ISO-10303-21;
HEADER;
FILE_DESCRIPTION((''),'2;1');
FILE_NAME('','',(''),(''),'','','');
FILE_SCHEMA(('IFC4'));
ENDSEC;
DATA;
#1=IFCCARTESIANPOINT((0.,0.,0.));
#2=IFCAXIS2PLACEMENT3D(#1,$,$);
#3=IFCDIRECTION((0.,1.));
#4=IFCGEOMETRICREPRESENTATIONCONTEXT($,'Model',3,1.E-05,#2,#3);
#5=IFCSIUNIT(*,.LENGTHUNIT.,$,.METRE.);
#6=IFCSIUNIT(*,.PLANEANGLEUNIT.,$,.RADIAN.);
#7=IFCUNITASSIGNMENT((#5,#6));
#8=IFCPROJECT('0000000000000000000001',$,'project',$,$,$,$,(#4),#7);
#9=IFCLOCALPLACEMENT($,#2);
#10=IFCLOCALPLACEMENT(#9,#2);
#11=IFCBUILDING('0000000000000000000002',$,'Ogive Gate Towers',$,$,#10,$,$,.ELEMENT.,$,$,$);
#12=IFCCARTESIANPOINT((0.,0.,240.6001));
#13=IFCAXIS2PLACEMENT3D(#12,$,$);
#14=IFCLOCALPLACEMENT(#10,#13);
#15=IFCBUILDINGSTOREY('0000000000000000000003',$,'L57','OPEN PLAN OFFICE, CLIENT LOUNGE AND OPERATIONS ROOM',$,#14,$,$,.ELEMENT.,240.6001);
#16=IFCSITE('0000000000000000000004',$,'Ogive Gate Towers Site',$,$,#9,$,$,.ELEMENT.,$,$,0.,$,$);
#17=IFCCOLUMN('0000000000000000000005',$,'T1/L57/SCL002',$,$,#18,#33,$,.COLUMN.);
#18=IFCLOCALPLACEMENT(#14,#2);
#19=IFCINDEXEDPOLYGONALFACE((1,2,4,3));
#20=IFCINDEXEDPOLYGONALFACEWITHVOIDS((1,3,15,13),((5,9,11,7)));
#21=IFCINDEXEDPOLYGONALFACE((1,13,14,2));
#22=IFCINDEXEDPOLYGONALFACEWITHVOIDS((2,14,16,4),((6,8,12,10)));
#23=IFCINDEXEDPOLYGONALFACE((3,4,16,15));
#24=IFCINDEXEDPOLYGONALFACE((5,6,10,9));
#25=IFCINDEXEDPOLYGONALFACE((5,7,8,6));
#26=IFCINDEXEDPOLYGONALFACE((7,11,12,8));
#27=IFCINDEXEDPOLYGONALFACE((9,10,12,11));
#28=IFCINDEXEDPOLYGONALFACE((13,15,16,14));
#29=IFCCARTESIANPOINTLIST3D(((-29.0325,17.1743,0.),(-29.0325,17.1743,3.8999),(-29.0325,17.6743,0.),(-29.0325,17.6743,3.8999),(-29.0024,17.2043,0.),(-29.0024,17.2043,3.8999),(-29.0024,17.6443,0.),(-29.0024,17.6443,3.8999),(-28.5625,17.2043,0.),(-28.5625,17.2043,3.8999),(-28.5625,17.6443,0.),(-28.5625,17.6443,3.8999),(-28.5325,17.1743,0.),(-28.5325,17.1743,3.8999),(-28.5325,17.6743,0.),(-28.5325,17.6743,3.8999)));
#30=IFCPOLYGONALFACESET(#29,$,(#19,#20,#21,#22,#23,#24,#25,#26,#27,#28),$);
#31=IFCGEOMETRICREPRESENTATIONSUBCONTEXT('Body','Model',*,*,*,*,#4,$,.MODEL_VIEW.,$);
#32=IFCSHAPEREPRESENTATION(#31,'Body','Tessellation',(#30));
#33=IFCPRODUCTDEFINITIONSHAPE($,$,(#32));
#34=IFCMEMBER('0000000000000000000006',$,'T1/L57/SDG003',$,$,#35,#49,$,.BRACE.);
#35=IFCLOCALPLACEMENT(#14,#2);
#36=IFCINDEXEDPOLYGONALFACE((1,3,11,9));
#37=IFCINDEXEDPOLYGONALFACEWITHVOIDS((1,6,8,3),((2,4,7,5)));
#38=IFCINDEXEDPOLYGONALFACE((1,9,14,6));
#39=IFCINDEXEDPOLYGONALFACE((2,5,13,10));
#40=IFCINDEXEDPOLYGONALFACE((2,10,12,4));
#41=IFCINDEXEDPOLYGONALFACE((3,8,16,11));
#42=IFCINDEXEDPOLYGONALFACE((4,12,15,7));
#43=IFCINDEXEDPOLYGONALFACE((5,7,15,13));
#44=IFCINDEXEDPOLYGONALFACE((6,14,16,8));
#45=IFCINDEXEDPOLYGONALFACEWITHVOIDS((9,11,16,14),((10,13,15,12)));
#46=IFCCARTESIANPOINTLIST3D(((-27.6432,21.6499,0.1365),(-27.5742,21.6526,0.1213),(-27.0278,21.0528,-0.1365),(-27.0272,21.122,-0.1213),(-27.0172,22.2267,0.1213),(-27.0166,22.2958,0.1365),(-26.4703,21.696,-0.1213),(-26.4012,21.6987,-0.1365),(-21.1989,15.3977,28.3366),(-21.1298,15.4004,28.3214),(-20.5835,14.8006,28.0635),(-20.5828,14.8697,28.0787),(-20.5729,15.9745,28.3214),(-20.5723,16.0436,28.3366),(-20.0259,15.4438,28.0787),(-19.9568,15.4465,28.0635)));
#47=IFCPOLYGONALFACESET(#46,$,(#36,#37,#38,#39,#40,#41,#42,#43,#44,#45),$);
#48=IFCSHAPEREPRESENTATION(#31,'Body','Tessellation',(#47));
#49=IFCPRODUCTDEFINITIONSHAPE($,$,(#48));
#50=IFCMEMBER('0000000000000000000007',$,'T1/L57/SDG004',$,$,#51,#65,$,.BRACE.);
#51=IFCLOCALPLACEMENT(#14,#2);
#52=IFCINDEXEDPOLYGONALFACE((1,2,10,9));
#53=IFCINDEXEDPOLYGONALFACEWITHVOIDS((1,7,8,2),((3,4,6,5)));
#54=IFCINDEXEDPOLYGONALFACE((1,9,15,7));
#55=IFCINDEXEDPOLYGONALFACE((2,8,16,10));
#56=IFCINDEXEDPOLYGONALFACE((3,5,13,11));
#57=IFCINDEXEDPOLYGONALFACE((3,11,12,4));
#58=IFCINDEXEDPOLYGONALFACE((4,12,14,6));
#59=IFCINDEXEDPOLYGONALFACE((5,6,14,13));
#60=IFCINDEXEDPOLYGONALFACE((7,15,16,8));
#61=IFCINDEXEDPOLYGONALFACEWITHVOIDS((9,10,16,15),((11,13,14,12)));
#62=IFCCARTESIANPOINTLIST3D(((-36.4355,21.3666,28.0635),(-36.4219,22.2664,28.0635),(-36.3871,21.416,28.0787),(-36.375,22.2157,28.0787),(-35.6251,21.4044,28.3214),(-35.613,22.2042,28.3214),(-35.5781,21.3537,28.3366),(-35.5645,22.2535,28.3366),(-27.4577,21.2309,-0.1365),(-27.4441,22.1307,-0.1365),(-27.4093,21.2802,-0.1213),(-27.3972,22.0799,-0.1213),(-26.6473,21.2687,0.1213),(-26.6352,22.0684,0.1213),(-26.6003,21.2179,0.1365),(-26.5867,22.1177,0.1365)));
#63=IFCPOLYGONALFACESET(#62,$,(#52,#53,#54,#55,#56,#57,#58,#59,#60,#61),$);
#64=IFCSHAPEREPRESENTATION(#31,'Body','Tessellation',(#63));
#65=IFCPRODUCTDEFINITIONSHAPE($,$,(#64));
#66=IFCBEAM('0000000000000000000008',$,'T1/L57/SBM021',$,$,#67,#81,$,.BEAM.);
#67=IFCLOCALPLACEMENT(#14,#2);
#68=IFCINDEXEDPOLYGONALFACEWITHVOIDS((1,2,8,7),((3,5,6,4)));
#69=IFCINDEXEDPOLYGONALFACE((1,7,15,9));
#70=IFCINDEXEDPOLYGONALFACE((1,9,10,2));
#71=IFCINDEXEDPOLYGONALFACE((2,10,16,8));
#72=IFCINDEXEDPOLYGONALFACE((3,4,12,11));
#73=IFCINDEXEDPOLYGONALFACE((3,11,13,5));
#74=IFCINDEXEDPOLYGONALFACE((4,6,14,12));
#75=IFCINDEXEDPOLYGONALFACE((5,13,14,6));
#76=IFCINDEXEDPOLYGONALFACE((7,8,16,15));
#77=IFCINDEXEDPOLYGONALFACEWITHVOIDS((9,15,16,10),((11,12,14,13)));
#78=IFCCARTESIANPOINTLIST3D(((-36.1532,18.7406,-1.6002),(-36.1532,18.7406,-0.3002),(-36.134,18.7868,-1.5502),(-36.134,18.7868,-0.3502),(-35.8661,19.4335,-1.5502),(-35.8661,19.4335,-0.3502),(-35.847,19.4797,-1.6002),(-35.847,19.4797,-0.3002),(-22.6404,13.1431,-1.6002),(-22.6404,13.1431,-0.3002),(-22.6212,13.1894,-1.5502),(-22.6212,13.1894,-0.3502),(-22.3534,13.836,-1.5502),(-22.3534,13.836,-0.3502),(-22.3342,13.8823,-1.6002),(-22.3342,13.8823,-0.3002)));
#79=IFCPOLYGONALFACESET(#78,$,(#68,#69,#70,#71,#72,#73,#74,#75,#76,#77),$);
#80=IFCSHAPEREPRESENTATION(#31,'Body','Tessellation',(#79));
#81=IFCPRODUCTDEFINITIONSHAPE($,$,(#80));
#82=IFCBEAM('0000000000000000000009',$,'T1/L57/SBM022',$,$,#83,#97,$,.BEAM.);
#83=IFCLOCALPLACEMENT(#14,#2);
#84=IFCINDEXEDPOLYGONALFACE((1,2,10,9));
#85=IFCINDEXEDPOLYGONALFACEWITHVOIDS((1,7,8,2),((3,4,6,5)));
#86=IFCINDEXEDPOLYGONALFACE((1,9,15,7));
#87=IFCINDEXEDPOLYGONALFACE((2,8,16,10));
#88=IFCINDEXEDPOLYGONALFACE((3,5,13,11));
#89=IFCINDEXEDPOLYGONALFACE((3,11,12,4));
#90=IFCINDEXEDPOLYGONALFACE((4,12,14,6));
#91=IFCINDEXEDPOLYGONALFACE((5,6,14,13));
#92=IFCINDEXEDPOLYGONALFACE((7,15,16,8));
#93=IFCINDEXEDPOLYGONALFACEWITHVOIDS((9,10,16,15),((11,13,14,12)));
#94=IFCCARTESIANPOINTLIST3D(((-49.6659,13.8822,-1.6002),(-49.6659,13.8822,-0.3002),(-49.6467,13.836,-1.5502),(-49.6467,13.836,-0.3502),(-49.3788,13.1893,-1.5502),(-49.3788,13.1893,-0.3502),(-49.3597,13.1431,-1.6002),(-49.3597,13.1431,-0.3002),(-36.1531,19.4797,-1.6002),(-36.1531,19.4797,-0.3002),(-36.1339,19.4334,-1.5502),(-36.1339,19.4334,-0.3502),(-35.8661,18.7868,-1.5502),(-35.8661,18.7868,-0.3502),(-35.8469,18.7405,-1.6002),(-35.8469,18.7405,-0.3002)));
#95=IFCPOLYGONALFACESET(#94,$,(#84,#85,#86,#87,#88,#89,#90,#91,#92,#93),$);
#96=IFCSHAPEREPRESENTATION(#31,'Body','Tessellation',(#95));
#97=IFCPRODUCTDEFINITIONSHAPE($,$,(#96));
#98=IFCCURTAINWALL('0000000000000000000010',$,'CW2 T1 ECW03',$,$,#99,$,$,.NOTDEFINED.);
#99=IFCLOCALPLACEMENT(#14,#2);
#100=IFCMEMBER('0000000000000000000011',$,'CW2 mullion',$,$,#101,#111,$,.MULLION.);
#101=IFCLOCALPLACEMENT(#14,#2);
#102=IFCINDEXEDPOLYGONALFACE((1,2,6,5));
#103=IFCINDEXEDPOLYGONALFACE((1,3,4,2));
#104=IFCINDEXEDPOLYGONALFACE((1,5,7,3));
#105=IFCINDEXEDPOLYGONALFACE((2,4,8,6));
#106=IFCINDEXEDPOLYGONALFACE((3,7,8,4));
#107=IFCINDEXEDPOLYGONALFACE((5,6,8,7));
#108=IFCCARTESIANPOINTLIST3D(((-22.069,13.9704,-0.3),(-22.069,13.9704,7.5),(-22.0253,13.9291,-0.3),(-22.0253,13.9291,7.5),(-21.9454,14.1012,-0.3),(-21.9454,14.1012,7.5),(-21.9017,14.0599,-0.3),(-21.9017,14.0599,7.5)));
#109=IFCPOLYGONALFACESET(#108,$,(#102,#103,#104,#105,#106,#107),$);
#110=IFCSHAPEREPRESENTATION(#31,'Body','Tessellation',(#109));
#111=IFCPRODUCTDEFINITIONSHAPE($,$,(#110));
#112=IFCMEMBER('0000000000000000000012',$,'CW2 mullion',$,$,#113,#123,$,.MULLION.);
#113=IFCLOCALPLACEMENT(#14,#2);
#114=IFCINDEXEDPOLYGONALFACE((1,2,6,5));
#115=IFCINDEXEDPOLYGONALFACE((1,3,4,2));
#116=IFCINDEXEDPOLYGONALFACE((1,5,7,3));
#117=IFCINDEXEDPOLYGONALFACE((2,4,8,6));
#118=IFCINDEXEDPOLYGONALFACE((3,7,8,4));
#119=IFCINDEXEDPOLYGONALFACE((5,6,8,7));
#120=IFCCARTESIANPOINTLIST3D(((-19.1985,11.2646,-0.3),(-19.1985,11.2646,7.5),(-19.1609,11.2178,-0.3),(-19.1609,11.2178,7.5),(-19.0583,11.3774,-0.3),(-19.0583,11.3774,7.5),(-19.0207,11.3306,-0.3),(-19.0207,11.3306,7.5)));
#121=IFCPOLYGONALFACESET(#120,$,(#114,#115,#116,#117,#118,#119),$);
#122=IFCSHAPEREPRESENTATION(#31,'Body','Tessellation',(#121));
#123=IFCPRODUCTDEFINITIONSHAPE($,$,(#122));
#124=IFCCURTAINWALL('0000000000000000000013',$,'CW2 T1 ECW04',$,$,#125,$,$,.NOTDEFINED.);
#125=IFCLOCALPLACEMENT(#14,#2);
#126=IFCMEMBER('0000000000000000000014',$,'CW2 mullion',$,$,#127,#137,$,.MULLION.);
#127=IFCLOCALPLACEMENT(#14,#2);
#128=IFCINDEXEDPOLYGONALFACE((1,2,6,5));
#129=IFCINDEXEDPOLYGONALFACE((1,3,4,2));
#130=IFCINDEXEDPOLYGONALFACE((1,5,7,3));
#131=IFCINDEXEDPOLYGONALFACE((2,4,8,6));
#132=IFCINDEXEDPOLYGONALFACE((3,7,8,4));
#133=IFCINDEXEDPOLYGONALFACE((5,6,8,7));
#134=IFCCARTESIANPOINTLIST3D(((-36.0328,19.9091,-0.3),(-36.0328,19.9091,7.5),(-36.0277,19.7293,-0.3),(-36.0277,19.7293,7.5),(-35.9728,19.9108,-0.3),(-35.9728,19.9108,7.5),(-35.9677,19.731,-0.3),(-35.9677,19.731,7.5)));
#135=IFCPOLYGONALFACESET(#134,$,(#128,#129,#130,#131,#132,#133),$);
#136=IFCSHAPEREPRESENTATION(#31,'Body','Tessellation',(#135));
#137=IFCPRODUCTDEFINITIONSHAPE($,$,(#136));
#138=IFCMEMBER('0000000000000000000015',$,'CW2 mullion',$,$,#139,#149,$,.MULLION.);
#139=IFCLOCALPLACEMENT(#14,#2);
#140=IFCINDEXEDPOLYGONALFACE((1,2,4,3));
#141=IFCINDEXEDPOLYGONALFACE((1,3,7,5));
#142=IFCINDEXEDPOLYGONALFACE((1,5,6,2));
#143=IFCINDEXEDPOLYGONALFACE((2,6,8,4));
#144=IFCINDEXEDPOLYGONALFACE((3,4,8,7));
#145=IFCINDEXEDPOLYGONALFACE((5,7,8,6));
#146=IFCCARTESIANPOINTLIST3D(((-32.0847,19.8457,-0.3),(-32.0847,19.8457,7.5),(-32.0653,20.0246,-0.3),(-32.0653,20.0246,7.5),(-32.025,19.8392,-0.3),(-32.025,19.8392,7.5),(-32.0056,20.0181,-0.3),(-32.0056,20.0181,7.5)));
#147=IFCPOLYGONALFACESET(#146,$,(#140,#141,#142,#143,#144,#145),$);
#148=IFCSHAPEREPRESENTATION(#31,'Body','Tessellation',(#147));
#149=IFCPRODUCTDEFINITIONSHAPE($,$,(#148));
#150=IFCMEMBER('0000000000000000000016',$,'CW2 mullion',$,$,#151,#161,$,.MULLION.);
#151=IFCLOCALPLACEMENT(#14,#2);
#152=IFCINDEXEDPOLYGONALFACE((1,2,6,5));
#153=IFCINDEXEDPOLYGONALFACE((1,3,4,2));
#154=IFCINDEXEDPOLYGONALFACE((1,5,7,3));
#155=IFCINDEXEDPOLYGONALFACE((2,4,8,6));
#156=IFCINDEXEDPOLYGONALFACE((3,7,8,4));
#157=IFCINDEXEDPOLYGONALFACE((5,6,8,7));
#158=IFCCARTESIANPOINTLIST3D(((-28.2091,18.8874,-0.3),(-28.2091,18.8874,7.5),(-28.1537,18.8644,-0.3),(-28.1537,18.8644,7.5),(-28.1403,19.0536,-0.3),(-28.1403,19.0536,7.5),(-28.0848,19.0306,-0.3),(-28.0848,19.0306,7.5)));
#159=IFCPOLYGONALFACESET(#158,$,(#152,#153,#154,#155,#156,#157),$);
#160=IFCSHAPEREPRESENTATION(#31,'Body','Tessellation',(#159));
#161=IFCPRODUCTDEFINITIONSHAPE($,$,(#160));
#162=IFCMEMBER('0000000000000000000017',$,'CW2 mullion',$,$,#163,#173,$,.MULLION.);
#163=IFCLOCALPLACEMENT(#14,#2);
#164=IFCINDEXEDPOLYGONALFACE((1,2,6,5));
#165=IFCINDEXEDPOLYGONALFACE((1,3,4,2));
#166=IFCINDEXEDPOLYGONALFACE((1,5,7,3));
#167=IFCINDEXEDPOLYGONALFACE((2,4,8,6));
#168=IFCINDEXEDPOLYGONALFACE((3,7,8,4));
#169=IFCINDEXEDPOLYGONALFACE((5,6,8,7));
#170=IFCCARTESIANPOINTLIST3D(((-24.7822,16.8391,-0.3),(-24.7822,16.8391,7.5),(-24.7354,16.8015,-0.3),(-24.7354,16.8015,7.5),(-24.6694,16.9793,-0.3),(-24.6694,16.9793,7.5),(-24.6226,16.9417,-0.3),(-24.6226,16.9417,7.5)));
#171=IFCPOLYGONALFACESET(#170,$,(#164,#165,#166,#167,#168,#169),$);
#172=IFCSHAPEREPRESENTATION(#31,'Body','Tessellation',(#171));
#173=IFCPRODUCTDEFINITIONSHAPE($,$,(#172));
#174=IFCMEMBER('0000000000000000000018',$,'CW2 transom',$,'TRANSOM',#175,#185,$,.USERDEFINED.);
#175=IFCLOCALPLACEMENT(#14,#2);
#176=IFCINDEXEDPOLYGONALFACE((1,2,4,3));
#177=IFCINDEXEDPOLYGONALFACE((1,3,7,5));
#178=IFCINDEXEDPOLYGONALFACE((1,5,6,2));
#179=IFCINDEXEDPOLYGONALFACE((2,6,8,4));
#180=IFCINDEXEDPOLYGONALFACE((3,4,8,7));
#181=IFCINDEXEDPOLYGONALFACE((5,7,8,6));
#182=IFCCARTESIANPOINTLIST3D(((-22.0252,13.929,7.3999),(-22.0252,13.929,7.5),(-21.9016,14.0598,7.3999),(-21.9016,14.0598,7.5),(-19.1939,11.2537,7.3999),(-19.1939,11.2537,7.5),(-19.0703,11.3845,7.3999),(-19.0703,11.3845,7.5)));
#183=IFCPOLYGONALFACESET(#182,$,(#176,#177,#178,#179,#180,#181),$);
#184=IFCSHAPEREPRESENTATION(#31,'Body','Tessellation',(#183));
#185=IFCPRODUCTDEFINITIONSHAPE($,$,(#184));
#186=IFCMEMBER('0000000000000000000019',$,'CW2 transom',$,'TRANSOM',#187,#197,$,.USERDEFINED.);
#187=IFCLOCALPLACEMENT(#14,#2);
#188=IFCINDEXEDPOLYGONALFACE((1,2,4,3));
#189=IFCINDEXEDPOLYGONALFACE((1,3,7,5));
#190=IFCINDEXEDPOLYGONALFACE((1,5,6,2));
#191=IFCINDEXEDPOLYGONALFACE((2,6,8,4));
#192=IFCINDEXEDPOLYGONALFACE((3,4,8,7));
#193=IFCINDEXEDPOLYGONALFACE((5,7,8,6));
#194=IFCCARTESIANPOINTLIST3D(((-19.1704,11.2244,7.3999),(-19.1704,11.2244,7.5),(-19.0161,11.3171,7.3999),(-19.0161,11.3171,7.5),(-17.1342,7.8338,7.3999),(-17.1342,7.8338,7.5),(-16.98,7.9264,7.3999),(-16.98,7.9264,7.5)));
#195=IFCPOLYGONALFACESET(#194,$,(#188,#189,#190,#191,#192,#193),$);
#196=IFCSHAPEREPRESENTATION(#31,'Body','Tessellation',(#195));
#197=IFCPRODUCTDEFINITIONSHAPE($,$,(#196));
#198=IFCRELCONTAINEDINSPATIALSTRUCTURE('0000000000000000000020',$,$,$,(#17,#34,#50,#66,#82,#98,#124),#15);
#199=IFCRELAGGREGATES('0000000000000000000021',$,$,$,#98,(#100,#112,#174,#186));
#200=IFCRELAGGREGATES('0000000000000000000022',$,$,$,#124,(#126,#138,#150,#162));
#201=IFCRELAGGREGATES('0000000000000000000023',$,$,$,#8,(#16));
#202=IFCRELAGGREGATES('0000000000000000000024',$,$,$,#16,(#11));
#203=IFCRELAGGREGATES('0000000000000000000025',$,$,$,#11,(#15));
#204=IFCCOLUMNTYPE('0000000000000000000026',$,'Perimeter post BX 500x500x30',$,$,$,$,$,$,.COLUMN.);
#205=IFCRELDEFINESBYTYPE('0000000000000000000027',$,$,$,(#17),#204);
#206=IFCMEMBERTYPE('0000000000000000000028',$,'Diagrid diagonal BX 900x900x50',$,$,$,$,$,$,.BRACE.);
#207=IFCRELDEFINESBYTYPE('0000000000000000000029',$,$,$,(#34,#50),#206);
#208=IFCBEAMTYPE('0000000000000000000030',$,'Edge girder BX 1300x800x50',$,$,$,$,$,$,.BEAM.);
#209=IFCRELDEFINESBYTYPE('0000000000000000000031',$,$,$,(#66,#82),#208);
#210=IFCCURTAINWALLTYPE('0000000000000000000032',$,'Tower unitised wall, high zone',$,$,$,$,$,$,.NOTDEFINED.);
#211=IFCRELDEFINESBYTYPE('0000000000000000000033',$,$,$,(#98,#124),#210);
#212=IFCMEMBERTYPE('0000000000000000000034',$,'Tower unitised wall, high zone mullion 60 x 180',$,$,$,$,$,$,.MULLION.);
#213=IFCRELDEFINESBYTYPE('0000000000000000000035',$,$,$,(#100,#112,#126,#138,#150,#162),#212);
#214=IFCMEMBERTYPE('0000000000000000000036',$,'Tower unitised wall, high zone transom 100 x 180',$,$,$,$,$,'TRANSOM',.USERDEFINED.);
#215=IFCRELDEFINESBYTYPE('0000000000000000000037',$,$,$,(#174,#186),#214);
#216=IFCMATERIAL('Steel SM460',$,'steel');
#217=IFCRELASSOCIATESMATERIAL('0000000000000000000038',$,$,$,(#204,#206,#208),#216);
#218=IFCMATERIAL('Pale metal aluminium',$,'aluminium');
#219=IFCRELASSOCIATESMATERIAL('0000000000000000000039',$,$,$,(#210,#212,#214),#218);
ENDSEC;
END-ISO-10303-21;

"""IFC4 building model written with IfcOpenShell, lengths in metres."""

from ifc_helpers import new_model, si_unit, direction, frame, origin, origin_2d, place, context, subcontext, project, spatial, rectangle, hollow_rectangle, extrude, material, material_profile, profile_set, type_object, element, aggregate, save


model = new_model("IFC4")

# Units and contexts
model_context = context("Model", 3, precision=1e-05, world=origin(), true_north=direction((0.0, 1.0)))
body_context = subcontext(model_context, "Body", "Model", "MODEL_VIEW")
ifc_project = project(units=[si_unit("LENGTHUNIT", "METRE"), si_unit("PLANEANGLEUNIT", "RADIAN")], contexts=[model_context])

# Site, building, storey
site_placement = place(None, origin())
site = spatial("IfcSite", under=ifc_project, at=site_placement, Name="Ogive Gate Towers Site", CompositionType="ELEMENT", RefElevation=0.0)
building_placement = place(site_placement, origin())
building = spatial("IfcBuilding", under=site, at=building_placement, Name="Ogive Gate Towers", CompositionType="ELEMENT")
storey_placement = place(building_placement, frame((0.0, 0.0, 240.6001)))
storey = spatial("IfcBuildingStorey", under=building, at=storey_placement, Name="L57", Description="OPEN PLAN OFFICE, CLIENT LOUNGE AND OPERATIONS ROOM", CompositionType="ELEMENT", Elevation=240.6001)

# Column
ifc_material_1 = material(Name="Steel SM460", Category="steel")
ifc_material_profile_1 = material_profile(ifc_material_1, hollow_rectangle(XDim=0.5, YDim=0.5, WallThickness=0.03, at=origin_2d()), Name="BX 500x500x30")
ifc_profile_set_1 = profile_set([ifc_material_profile_1], Name="Steel SM460")
column_type = type_object("IfcColumnType", Name="Perimeter post BX 500x500x30", PredefinedType="COLUMN", material=ifc_profile_set_1)
column_placement = place(storey_placement, frame((-28.7825, 17.4243, 0.0), z_axis=(0.0, 0.0, 1.0), x_axis=(1.0, 0.0, 0.0)))
element("IfcColumn", 1, at=column_placement, inside=storey, type_object=column_type, Name="T1/L57/SCL002", PredefinedType="COLUMN", context=body_context, shape_type="SweptSolid", body=[
    extrude(hollow_rectangle(XDim=0.5, YDim=0.5, WallThickness=0.03, at=origin_2d()), origin(), (0.0, 0.0, 1.0), 3.8999),
])

# Members
ifc_material_profile_2 = material_profile(ifc_material_1, hollow_rectangle(XDim=0.8999, YDim=0.8999, WallThickness=0.05, at=origin_2d()), Name="BX 900x900x50")
ifc_profile_set_2 = profile_set([ifc_material_profile_2], Name="Steel SM460")
member_type_1 = type_object("IfcMemberType", Name="Diagrid diagonal BX 900x900x50", PredefinedType="BRACE", material=ifc_profile_set_2)
for number, where, z_axis, x_axis, name in (
    (2, (-27.0222, 21.6743, 0.0), (0.217752, -0.211259, 0.952866), (0.696326, 0.717725, 0.0), "T1/L57/SDG003"),
    (3, (-27.0222, 21.6743, 0.0), (-0.303356, 0.004587, 0.952866), (-0.015118, -0.999886, 0.0), "T1/L57/SDG004"),
):
    element("IfcMember", number, at=place(storey_placement, frame(where, z_axis=z_axis, x_axis=x_axis)), inside=storey, type_object=member_type_1, Name=name, PredefinedType="BRACE", context=body_context, shape_type="SweptSolid", body=[
        extrude(hollow_rectangle(XDim=0.8999, YDim=0.8999, WallThickness=0.05, at=origin_2d()), origin(), (0.0, 0.0, 1.0), 29.595),
    ])

# Beams
ifc_material_profile_3 = material_profile(ifc_material_1, hollow_rectangle(XDim=0.8, YDim=1.3, WallThickness=0.05, at=origin_2d()), Name="BX 1300x800x50")
ifc_profile_set_3 = profile_set([ifc_material_profile_3], Name="Steel SM460")
beam_type = type_object("IfcBeamType", Name="Edge girder BX 1300x800x50", PredefinedType="BEAM", material=ifc_profile_set_3)
for number, where, z_axis, x_axis, name in (
    (4, (-22.4873, 13.5127, -0.9502), (-0.923873, 0.382699, 0.0), (-0.382699, -0.923873, 0.0), "T1/L57/SBM021"),
    (5, (-36.0, 19.1101, -0.9502), (-0.923873, -0.382699, 0.0), (0.382699, -0.923873, 0.0), "T1/L57/SBM022"),
):
    element("IfcBeam", number, at=place(storey_placement, frame(where, z_axis=z_axis, x_axis=x_axis)), inside=storey, type_object=beam_type, Name=name, PredefinedType="BEAM", context=body_context, shape_type="SweptSolid", body=[
        extrude(hollow_rectangle(XDim=0.8, YDim=1.3, WallThickness=0.05, at=origin_2d()), origin(), (0.0, 0.0, 1.0), 14.6262),
    ])

# Curtain walls, members
ifc_material_2 = material(Name="Pale metal aluminium", Category="aluminium")
curtain_wall_type = type_object("IfcCurtainWallType", Name="Tower unitised wall, high zone", PredefinedType="NOTDEFINED", material=ifc_material_2)
curtain_wall_1_placement = place(storey_placement, origin())
curtain_wall_1 = element("IfcCurtainWall", 6, at=curtain_wall_1_placement, inside=storey, type_object=curtain_wall_type, Name="CW2 T1 ECW03", PredefinedType="NOTDEFINED")
ifc_material_profile_4 = material_profile(ifc_material_2, rectangle(XDim=0.1799, YDim=0.0601, at=origin_2d()), Name="60 x 180 aluminium box")
ifc_profile_set_4 = profile_set([ifc_material_profile_4], Name="Pale metal aluminium")
member_type_2 = type_object("IfcMemberType", Name="Tower unitised wall, high zone mullion 60 x 180", PredefinedType="MULLION", material=ifc_profile_set_4)
member_1_placement = place(storey_placement, frame((-21.9854, 14.0151, -0.3), z_axis=(0.0, 0.0, 1.0), x_axis=(-0.686796, -0.72685, 0.0)))
member_1 = element("IfcMember", 7, at=member_1_placement, type_object=member_type_2, Name="CW2 mullion", PredefinedType="MULLION", context=body_context, shape_type="SweptSolid", body=[
    extrude(rectangle(XDim=0.1799, YDim=0.0601, at=origin_2d()), origin(), (0.0, 0.0, 1.0), 7.8),
])
member_2_placement = place(storey_placement, frame((-19.1096, 11.2976, -0.3), z_axis=(0.0, 0.0, 1.0), x_axis=(-0.779283, -0.626672, 0.0)))
member_2 = element("IfcMember", 8, at=member_2_placement, type_object=member_type_2, Name="CW2 mullion", PredefinedType="MULLION", context=body_context, shape_type="SweptSolid", body=[
    extrude(rectangle(XDim=0.1799, YDim=0.0601, at=origin_2d()), origin(), (0.0, 0.0, 1.0), 7.8),
])
curtain_wall_2_placement = place(storey_placement, origin())
curtain_wall_2 = element("IfcCurtainWall", 9, at=curtain_wall_2_placement, inside=storey, type_object=curtain_wall_type, Name="CW2 T1 ECW04", PredefinedType="NOTDEFINED")
member_3_placement = place(storey_placement, frame((-36.0002, 19.8201, -0.3), z_axis=(0.0, 0.0, 1.0), x_axis=(0.028323, -0.999599, 0.0)))
member_3 = element("IfcMember", 10, at=member_3_placement, type_object=member_type_2, Name="CW2 mullion", PredefinedType="MULLION", context=body_context, shape_type="SweptSolid", body=[
    extrude(rectangle(XDim=0.1799, YDim=0.0601, at=origin_2d()), origin(), (0.0, 0.0, 1.0), 7.8),
])
member_4_placement = place(storey_placement, frame((-32.0452, 19.9319, -0.3), z_axis=(0.0, 0.0, 1.0), x_axis=(-0.107913, -0.99416, 0.0)))
member_4 = element("IfcMember", 11, at=member_4_placement, type_object=member_type_2, Name="CW2 mullion", PredefinedType="MULLION", context=body_context, shape_type="SweptSolid", body=[
    extrude(rectangle(XDim=0.1799, YDim=0.0601, at=origin_2d()), origin(), (0.0, 0.0, 1.0), 7.8),
])
member_5_placement = place(storey_placement, frame((-28.147, 18.959, -0.3), z_axis=(0.0, 0.0, 1.0), x_axis=(-0.382683, -0.92388, 0.0)))
member_5 = element("IfcMember", 12, at=member_5_placement, type_object=member_type_2, Name="CW2 mullion", PredefinedType="MULLION", context=body_context, shape_type="SweptSolid", body=[
    extrude(rectangle(XDim=0.1799, YDim=0.0601, at=origin_2d()), origin(), (0.0, 0.0, 1.0), 7.8),
])
member_6_placement = place(storey_placement, frame((-24.7024, 16.8904, -0.3), z_axis=(0.0, 0.0, 1.0), x_axis=(-0.626672, -0.779283, 0.0)))
member_6 = element("IfcMember", 13, at=member_6_placement, type_object=member_type_2, Name="CW2 mullion", PredefinedType="MULLION", context=body_context, shape_type="SweptSolid", body=[
    extrude(rectangle(XDim=0.1799, YDim=0.0601, at=origin_2d()), origin(), (0.0, 0.0, 1.0), 7.8),
])

# Members
ifc_material_profile_5 = material_profile(ifc_material_2, rectangle(XDim=0.1799, YDim=0.1001, at=origin_2d()), Name="100 x 180 aluminium box")
ifc_profile_set_5 = profile_set([ifc_material_profile_5], Name="Pale metal aluminium")
member_type_3 = type_object("IfcMemberType", Name="Tower unitised wall, high zone transom 100 x 180", ElementType="TRANSOM", PredefinedType="USERDEFINED", material=ifc_profile_set_5)
member_7_placement = place(storey_placement, frame((-21.9634, 13.9944, 7.45), z_axis=(0.726848, -0.686798, 0.0), x_axis=(0.686798, 0.726848, 0.0)))
member_7 = element("IfcMember", 14, at=member_7_placement, type_object=member_type_3, Name="CW2 transom", ObjectType="TRANSOM", PredefinedType="USERDEFINED", context=body_context, shape_type="SweptSolid", body=[
    extrude(rectangle(XDim=0.1799, YDim=0.1001, at=origin_2d()), origin(), (0.0, 0.0, 1.0), 3.8953),
])
member_8_placement = place(storey_placement, frame((-19.0933, 11.2708, 7.45), z_axis=(0.514823, -0.857297, 0.0), x_axis=(0.857297, 0.514823, 0.0)))
member_8 = element("IfcMember", 15, at=member_8_placement, type_object=member_type_3, Name="CW2 transom", ObjectType="TRANSOM", PredefinedType="USERDEFINED", context=body_context, shape_type="SweptSolid", body=[
    extrude(rectangle(XDim=0.1799, YDim=0.1001, at=origin_2d()), origin(), (0.0, 0.0, 1.0), 3.9551),
])

aggregate(curtain_wall_1, [member_1, member_2, member_7, member_8])
aggregate(curtain_wall_2, [member_3, member_4, member_5, member_6])

save(model, "model.ifc")
